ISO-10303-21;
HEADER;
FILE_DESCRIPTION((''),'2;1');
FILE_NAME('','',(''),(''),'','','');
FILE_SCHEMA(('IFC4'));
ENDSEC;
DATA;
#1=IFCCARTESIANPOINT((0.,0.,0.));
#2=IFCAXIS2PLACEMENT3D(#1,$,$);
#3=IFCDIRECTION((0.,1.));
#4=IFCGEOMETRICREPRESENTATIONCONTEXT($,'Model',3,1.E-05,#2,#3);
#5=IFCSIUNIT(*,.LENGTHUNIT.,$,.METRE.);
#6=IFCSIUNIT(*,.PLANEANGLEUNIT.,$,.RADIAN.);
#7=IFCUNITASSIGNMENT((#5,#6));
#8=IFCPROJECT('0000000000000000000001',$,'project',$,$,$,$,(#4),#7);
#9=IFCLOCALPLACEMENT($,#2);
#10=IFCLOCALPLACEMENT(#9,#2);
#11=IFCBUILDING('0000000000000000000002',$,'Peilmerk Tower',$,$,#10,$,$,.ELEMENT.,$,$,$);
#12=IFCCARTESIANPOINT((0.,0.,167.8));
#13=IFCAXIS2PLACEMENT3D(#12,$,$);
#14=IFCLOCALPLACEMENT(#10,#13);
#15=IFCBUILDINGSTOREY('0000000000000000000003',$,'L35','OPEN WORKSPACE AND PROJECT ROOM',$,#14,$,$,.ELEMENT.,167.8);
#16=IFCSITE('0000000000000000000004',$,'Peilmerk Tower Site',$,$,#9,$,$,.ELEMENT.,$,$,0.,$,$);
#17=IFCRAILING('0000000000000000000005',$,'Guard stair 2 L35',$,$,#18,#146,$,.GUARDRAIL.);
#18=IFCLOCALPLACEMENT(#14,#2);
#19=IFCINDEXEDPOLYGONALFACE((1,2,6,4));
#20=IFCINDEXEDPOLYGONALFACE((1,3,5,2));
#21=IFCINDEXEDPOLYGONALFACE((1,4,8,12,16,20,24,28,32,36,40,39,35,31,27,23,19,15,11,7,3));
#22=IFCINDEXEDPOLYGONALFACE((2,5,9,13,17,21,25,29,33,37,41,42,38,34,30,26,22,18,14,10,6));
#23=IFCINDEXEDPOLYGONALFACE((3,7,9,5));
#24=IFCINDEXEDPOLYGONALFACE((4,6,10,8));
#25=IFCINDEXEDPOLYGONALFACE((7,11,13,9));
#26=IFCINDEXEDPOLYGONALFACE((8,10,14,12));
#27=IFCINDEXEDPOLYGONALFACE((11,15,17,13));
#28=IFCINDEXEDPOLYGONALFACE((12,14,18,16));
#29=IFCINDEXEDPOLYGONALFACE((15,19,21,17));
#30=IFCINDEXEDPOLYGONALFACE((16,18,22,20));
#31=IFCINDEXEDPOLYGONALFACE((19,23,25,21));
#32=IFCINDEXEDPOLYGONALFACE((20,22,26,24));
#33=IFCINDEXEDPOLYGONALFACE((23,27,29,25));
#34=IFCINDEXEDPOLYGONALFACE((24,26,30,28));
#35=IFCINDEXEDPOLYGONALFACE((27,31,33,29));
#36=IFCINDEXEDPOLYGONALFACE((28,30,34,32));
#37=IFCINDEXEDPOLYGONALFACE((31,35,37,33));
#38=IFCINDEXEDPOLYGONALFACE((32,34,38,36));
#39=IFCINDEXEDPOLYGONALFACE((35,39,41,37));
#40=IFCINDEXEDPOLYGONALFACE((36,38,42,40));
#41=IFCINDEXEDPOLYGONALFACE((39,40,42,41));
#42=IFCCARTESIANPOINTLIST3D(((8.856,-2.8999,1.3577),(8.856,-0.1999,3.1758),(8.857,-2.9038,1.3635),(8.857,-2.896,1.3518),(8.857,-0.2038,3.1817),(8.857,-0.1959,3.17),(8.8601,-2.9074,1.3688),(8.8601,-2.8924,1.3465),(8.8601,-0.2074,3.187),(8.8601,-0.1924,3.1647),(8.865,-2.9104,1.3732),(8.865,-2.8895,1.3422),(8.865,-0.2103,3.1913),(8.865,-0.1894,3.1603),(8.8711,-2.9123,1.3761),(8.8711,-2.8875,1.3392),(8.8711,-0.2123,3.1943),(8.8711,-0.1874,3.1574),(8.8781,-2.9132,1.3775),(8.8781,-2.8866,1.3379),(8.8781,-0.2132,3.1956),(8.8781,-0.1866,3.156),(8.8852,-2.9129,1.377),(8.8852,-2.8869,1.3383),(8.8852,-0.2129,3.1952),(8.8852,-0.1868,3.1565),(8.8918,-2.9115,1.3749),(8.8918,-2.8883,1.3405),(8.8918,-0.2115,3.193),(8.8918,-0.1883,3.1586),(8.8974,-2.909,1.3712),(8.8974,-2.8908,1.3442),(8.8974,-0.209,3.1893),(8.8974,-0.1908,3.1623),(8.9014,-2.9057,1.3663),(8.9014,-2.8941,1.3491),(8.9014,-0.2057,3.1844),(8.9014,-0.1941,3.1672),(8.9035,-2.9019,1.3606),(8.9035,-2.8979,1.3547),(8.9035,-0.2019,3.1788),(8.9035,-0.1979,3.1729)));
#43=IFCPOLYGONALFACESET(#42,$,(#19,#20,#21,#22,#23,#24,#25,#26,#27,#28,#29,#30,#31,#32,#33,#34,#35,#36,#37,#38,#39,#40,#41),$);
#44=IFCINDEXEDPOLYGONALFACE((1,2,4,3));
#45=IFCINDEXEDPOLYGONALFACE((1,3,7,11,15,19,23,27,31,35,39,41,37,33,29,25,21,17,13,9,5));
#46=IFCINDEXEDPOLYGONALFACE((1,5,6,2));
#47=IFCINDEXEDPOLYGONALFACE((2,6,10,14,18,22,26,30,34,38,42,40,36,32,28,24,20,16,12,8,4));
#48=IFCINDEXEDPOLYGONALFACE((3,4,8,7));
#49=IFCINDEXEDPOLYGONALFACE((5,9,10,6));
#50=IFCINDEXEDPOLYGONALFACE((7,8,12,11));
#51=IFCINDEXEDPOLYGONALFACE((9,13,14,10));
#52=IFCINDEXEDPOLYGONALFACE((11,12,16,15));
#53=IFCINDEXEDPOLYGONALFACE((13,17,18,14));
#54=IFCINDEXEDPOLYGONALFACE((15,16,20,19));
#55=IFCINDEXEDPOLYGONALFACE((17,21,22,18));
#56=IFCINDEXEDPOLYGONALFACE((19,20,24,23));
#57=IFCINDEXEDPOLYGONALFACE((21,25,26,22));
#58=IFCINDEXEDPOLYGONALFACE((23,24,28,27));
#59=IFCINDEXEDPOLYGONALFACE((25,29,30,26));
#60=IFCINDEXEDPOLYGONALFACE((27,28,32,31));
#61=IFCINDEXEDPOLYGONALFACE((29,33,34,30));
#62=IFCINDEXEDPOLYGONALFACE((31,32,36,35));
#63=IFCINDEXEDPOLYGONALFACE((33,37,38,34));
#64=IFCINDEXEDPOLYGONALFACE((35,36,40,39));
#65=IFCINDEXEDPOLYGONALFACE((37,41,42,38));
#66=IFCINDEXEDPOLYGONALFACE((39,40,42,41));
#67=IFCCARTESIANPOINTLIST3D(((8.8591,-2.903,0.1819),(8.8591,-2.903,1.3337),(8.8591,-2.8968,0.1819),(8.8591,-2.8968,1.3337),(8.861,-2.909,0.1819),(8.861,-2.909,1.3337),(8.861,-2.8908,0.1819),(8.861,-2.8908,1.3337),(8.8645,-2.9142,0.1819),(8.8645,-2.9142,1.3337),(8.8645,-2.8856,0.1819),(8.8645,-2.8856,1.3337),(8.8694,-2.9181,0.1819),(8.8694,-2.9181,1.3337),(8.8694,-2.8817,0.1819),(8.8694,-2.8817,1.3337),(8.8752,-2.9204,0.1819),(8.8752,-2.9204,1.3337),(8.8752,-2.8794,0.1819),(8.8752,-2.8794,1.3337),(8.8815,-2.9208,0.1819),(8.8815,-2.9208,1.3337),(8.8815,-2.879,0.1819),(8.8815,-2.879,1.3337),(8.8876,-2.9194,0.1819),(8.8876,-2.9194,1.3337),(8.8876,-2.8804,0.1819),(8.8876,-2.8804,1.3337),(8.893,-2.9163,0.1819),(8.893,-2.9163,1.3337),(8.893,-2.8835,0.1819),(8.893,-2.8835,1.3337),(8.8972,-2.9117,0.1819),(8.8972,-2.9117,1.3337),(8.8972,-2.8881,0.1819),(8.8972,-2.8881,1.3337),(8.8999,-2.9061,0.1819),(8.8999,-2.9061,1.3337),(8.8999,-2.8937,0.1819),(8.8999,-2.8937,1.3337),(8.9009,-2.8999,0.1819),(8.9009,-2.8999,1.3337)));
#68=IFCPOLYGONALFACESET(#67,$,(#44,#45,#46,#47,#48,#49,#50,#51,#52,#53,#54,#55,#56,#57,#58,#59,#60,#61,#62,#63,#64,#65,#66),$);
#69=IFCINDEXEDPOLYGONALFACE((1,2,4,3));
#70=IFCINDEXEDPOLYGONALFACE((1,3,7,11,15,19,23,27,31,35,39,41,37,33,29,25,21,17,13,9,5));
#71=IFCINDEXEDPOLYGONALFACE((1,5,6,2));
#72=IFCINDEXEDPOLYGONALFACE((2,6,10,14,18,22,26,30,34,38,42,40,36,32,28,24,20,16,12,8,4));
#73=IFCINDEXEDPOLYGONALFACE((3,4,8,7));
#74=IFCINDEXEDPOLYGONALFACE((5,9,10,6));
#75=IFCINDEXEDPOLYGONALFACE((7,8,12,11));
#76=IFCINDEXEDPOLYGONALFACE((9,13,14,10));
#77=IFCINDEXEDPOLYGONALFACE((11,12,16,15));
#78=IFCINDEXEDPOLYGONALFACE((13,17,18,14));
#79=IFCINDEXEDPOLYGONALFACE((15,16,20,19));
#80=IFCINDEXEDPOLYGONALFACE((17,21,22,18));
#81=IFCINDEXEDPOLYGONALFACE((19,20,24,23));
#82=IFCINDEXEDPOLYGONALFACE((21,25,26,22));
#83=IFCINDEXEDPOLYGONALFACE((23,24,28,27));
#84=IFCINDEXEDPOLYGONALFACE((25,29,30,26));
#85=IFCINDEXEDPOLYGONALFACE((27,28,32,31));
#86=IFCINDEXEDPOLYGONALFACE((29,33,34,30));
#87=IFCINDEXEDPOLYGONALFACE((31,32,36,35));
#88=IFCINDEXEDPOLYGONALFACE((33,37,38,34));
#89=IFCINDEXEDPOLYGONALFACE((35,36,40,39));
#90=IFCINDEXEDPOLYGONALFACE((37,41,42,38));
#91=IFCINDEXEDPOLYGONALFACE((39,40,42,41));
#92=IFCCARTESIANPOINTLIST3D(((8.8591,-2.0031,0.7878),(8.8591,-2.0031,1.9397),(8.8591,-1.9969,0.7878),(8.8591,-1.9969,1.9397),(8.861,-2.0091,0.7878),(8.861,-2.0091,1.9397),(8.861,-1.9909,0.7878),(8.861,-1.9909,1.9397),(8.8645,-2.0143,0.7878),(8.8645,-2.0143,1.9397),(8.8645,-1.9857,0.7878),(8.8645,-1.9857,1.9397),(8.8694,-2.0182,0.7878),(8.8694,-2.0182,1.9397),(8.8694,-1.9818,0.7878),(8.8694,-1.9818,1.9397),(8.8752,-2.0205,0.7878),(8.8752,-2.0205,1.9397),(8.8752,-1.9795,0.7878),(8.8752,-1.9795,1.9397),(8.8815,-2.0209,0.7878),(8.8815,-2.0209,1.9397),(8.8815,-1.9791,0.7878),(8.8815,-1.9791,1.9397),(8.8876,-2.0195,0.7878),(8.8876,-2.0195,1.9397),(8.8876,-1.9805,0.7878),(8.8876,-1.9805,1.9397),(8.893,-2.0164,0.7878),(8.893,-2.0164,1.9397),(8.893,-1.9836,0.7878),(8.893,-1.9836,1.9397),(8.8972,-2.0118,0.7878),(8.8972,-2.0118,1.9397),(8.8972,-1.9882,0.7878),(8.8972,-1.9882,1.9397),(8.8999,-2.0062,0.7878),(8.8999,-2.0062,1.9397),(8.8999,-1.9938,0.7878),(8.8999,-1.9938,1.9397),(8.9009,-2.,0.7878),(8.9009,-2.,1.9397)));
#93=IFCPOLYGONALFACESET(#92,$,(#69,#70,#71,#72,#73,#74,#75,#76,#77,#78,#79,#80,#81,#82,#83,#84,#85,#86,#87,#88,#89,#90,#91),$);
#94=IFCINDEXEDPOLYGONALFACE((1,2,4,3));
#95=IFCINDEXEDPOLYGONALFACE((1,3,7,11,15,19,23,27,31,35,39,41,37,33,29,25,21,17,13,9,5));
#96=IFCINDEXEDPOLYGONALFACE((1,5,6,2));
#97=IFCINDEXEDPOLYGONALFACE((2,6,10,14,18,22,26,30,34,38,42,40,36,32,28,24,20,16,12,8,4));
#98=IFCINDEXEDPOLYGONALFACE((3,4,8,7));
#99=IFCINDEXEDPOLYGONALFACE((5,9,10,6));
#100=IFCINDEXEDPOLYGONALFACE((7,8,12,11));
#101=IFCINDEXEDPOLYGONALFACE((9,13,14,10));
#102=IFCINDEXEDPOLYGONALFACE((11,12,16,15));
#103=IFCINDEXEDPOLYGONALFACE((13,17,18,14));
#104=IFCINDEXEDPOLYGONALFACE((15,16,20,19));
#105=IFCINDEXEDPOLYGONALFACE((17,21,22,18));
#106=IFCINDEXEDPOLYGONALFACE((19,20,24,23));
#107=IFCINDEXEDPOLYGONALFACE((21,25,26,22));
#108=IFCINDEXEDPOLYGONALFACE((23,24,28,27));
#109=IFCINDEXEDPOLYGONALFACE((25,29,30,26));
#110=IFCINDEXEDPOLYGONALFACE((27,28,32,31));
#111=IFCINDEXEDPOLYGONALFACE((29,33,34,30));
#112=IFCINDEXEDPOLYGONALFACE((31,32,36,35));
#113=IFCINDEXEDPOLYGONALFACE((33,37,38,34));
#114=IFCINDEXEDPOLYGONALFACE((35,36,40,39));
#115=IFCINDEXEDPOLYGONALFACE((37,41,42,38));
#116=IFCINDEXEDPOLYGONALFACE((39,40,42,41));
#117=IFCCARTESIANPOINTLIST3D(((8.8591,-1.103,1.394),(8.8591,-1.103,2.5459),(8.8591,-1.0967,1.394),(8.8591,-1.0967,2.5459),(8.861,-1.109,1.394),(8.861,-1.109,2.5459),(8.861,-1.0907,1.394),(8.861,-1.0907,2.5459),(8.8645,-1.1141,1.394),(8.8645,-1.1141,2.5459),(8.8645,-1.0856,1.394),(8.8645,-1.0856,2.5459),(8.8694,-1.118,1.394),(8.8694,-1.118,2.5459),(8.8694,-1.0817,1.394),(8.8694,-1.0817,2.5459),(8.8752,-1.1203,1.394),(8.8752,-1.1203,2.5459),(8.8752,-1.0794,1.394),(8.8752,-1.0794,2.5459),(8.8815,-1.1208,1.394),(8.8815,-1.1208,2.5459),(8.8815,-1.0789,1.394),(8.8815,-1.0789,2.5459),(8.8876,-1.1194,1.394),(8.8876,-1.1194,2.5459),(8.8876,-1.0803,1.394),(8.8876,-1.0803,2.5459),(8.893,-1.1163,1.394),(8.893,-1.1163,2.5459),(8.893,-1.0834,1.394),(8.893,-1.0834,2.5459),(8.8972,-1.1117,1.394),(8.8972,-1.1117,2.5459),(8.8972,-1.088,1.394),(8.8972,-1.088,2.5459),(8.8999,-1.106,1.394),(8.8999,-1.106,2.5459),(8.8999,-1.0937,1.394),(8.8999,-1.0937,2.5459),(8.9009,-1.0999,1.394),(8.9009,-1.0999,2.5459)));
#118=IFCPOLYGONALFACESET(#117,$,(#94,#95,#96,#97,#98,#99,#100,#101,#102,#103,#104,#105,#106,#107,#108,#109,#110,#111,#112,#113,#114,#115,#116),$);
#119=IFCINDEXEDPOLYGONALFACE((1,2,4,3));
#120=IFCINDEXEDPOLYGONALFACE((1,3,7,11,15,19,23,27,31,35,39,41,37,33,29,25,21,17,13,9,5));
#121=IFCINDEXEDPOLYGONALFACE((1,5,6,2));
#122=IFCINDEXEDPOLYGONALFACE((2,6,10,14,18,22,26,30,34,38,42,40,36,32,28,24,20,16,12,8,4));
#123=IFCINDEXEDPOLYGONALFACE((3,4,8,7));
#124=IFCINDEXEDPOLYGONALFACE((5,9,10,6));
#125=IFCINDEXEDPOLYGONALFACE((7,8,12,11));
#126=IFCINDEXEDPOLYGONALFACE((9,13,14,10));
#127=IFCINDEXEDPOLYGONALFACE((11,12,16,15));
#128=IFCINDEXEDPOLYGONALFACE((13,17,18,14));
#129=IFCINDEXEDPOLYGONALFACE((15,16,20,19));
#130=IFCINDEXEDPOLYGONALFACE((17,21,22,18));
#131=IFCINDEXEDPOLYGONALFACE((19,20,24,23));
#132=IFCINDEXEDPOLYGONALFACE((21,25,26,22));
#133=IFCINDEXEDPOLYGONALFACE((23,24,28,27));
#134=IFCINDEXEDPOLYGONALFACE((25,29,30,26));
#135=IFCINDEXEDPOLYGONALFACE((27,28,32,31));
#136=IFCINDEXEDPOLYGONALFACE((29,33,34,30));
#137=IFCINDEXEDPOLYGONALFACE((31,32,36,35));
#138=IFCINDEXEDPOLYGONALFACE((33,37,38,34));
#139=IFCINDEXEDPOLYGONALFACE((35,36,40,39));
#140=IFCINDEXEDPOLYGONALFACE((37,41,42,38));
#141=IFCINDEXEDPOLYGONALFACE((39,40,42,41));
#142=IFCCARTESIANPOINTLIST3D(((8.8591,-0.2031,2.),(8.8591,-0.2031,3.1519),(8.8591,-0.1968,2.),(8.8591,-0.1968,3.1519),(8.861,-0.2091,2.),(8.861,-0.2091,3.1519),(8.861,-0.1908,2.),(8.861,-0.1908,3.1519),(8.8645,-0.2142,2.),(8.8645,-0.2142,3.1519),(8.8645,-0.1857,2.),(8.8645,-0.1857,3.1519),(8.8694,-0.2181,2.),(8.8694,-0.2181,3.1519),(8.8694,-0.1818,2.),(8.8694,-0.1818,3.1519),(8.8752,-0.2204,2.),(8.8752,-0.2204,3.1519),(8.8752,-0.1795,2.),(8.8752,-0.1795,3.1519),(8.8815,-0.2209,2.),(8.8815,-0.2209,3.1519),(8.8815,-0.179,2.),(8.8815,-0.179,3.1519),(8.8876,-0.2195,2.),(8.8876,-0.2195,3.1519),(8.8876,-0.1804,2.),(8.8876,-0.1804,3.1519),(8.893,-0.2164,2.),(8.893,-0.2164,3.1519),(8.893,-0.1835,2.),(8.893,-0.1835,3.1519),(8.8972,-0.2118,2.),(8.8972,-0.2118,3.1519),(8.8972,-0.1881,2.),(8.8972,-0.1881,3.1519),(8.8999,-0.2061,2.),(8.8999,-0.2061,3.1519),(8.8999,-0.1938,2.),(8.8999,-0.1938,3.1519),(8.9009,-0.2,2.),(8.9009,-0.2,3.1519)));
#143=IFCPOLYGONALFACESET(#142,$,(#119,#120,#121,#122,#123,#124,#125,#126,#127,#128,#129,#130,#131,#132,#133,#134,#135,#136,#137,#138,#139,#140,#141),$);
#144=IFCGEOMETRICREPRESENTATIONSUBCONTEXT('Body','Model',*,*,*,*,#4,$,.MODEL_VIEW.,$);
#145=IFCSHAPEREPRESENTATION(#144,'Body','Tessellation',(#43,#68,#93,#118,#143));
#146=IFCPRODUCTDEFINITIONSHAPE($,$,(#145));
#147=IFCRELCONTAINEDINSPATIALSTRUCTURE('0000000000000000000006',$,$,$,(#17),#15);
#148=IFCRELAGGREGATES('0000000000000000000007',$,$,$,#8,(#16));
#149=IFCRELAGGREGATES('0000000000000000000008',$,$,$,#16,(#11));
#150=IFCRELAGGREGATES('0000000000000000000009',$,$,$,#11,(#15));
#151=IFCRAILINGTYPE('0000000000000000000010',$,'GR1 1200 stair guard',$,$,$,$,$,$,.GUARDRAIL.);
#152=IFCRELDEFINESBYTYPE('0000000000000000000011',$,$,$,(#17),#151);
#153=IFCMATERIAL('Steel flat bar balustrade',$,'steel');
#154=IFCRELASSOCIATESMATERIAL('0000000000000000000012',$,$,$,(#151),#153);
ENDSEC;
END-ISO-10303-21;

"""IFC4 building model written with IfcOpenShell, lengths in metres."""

from ifc_helpers import new_model, si_unit, direction, frame, origin, origin_2d, place, context, subcontext, project, spatial, circle, extrude, material, type_object, element, save


model = new_model("IFC4")

# Units and contexts
model_context = context("Model", 3, precision=1e-05, world=origin(), true_north=direction((0.0, 1.0)))
body_context = subcontext(model_context, "Body", "Model", "MODEL_VIEW")
ifc_project = project(units=[si_unit("LENGTHUNIT", "METRE"), si_unit("PLANEANGLEUNIT", "RADIAN")], contexts=[model_context])

# Site, building, storey
site_placement = place(None, origin())
site = spatial("IfcSite", under=ifc_project, at=site_placement, Name="Peilmerk Tower Site", CompositionType="ELEMENT", RefElevation=0.0)
building_placement = place(site_placement, origin())
building = spatial("IfcBuilding", under=site, at=building_placement, Name="Peilmerk Tower", CompositionType="ELEMENT")
storey_placement = place(building_placement, frame((0.0, 0.0, 167.8)))
storey = spatial("IfcBuildingStorey", under=building, at=storey_placement, Name="L35", Description="OPEN WORKSPACE AND PROJECT ROOM", CompositionType="ELEMENT", Elevation=167.8)

# Railing
ifc_material_1 = material(Name="Steel flat bar balustrade", Category="steel")
railing_type_1 = type_object("IfcRailingType", Name="GR1 1200 stair guard", PredefinedType="GUARDRAIL", material=ifc_material_1)
railing_1_placement = place(storey_placement, frame((8.8799, -2.8999, 0.1819)))
element("IfcRailing", 1, at=railing_1_placement, inside=storey, type_object=railing_type_1, Name="Guard stair 2 L35", PredefinedType="GUARDRAIL", context=body_context, shape_type="SweptSolid", body=[
    extrude(circle(Radius=0.0239, at=origin_2d()), frame((0.0, 0.0, 1.1758), z_axis=(0.0, 0.829468, 0.558554), x_axis=(-1.0, 0.0, 0.0)), (0.0, 0.0, 1.0), 3.2551),
    extrude(circle(Radius=0.021, at=origin_2d()), origin(), (0.0, 0.0, 1.0), 1.1519),
    extrude(circle(Radius=0.021, at=origin_2d()), frame((0.0, 0.8999, 0.606)), (0.0, 0.0, 1.0), 1.1519),
    extrude(circle(Radius=0.021, at=origin_2d()), frame((0.0, 1.8, 1.2122)), (0.0, 0.0, 1.0), 1.1519),
    extrude(circle(Radius=0.021, at=origin_2d()), frame((0.0, 2.7, 1.8181)), (0.0, 0.0, 1.0), 1.1519),
])

save(model, "model.ifc")
